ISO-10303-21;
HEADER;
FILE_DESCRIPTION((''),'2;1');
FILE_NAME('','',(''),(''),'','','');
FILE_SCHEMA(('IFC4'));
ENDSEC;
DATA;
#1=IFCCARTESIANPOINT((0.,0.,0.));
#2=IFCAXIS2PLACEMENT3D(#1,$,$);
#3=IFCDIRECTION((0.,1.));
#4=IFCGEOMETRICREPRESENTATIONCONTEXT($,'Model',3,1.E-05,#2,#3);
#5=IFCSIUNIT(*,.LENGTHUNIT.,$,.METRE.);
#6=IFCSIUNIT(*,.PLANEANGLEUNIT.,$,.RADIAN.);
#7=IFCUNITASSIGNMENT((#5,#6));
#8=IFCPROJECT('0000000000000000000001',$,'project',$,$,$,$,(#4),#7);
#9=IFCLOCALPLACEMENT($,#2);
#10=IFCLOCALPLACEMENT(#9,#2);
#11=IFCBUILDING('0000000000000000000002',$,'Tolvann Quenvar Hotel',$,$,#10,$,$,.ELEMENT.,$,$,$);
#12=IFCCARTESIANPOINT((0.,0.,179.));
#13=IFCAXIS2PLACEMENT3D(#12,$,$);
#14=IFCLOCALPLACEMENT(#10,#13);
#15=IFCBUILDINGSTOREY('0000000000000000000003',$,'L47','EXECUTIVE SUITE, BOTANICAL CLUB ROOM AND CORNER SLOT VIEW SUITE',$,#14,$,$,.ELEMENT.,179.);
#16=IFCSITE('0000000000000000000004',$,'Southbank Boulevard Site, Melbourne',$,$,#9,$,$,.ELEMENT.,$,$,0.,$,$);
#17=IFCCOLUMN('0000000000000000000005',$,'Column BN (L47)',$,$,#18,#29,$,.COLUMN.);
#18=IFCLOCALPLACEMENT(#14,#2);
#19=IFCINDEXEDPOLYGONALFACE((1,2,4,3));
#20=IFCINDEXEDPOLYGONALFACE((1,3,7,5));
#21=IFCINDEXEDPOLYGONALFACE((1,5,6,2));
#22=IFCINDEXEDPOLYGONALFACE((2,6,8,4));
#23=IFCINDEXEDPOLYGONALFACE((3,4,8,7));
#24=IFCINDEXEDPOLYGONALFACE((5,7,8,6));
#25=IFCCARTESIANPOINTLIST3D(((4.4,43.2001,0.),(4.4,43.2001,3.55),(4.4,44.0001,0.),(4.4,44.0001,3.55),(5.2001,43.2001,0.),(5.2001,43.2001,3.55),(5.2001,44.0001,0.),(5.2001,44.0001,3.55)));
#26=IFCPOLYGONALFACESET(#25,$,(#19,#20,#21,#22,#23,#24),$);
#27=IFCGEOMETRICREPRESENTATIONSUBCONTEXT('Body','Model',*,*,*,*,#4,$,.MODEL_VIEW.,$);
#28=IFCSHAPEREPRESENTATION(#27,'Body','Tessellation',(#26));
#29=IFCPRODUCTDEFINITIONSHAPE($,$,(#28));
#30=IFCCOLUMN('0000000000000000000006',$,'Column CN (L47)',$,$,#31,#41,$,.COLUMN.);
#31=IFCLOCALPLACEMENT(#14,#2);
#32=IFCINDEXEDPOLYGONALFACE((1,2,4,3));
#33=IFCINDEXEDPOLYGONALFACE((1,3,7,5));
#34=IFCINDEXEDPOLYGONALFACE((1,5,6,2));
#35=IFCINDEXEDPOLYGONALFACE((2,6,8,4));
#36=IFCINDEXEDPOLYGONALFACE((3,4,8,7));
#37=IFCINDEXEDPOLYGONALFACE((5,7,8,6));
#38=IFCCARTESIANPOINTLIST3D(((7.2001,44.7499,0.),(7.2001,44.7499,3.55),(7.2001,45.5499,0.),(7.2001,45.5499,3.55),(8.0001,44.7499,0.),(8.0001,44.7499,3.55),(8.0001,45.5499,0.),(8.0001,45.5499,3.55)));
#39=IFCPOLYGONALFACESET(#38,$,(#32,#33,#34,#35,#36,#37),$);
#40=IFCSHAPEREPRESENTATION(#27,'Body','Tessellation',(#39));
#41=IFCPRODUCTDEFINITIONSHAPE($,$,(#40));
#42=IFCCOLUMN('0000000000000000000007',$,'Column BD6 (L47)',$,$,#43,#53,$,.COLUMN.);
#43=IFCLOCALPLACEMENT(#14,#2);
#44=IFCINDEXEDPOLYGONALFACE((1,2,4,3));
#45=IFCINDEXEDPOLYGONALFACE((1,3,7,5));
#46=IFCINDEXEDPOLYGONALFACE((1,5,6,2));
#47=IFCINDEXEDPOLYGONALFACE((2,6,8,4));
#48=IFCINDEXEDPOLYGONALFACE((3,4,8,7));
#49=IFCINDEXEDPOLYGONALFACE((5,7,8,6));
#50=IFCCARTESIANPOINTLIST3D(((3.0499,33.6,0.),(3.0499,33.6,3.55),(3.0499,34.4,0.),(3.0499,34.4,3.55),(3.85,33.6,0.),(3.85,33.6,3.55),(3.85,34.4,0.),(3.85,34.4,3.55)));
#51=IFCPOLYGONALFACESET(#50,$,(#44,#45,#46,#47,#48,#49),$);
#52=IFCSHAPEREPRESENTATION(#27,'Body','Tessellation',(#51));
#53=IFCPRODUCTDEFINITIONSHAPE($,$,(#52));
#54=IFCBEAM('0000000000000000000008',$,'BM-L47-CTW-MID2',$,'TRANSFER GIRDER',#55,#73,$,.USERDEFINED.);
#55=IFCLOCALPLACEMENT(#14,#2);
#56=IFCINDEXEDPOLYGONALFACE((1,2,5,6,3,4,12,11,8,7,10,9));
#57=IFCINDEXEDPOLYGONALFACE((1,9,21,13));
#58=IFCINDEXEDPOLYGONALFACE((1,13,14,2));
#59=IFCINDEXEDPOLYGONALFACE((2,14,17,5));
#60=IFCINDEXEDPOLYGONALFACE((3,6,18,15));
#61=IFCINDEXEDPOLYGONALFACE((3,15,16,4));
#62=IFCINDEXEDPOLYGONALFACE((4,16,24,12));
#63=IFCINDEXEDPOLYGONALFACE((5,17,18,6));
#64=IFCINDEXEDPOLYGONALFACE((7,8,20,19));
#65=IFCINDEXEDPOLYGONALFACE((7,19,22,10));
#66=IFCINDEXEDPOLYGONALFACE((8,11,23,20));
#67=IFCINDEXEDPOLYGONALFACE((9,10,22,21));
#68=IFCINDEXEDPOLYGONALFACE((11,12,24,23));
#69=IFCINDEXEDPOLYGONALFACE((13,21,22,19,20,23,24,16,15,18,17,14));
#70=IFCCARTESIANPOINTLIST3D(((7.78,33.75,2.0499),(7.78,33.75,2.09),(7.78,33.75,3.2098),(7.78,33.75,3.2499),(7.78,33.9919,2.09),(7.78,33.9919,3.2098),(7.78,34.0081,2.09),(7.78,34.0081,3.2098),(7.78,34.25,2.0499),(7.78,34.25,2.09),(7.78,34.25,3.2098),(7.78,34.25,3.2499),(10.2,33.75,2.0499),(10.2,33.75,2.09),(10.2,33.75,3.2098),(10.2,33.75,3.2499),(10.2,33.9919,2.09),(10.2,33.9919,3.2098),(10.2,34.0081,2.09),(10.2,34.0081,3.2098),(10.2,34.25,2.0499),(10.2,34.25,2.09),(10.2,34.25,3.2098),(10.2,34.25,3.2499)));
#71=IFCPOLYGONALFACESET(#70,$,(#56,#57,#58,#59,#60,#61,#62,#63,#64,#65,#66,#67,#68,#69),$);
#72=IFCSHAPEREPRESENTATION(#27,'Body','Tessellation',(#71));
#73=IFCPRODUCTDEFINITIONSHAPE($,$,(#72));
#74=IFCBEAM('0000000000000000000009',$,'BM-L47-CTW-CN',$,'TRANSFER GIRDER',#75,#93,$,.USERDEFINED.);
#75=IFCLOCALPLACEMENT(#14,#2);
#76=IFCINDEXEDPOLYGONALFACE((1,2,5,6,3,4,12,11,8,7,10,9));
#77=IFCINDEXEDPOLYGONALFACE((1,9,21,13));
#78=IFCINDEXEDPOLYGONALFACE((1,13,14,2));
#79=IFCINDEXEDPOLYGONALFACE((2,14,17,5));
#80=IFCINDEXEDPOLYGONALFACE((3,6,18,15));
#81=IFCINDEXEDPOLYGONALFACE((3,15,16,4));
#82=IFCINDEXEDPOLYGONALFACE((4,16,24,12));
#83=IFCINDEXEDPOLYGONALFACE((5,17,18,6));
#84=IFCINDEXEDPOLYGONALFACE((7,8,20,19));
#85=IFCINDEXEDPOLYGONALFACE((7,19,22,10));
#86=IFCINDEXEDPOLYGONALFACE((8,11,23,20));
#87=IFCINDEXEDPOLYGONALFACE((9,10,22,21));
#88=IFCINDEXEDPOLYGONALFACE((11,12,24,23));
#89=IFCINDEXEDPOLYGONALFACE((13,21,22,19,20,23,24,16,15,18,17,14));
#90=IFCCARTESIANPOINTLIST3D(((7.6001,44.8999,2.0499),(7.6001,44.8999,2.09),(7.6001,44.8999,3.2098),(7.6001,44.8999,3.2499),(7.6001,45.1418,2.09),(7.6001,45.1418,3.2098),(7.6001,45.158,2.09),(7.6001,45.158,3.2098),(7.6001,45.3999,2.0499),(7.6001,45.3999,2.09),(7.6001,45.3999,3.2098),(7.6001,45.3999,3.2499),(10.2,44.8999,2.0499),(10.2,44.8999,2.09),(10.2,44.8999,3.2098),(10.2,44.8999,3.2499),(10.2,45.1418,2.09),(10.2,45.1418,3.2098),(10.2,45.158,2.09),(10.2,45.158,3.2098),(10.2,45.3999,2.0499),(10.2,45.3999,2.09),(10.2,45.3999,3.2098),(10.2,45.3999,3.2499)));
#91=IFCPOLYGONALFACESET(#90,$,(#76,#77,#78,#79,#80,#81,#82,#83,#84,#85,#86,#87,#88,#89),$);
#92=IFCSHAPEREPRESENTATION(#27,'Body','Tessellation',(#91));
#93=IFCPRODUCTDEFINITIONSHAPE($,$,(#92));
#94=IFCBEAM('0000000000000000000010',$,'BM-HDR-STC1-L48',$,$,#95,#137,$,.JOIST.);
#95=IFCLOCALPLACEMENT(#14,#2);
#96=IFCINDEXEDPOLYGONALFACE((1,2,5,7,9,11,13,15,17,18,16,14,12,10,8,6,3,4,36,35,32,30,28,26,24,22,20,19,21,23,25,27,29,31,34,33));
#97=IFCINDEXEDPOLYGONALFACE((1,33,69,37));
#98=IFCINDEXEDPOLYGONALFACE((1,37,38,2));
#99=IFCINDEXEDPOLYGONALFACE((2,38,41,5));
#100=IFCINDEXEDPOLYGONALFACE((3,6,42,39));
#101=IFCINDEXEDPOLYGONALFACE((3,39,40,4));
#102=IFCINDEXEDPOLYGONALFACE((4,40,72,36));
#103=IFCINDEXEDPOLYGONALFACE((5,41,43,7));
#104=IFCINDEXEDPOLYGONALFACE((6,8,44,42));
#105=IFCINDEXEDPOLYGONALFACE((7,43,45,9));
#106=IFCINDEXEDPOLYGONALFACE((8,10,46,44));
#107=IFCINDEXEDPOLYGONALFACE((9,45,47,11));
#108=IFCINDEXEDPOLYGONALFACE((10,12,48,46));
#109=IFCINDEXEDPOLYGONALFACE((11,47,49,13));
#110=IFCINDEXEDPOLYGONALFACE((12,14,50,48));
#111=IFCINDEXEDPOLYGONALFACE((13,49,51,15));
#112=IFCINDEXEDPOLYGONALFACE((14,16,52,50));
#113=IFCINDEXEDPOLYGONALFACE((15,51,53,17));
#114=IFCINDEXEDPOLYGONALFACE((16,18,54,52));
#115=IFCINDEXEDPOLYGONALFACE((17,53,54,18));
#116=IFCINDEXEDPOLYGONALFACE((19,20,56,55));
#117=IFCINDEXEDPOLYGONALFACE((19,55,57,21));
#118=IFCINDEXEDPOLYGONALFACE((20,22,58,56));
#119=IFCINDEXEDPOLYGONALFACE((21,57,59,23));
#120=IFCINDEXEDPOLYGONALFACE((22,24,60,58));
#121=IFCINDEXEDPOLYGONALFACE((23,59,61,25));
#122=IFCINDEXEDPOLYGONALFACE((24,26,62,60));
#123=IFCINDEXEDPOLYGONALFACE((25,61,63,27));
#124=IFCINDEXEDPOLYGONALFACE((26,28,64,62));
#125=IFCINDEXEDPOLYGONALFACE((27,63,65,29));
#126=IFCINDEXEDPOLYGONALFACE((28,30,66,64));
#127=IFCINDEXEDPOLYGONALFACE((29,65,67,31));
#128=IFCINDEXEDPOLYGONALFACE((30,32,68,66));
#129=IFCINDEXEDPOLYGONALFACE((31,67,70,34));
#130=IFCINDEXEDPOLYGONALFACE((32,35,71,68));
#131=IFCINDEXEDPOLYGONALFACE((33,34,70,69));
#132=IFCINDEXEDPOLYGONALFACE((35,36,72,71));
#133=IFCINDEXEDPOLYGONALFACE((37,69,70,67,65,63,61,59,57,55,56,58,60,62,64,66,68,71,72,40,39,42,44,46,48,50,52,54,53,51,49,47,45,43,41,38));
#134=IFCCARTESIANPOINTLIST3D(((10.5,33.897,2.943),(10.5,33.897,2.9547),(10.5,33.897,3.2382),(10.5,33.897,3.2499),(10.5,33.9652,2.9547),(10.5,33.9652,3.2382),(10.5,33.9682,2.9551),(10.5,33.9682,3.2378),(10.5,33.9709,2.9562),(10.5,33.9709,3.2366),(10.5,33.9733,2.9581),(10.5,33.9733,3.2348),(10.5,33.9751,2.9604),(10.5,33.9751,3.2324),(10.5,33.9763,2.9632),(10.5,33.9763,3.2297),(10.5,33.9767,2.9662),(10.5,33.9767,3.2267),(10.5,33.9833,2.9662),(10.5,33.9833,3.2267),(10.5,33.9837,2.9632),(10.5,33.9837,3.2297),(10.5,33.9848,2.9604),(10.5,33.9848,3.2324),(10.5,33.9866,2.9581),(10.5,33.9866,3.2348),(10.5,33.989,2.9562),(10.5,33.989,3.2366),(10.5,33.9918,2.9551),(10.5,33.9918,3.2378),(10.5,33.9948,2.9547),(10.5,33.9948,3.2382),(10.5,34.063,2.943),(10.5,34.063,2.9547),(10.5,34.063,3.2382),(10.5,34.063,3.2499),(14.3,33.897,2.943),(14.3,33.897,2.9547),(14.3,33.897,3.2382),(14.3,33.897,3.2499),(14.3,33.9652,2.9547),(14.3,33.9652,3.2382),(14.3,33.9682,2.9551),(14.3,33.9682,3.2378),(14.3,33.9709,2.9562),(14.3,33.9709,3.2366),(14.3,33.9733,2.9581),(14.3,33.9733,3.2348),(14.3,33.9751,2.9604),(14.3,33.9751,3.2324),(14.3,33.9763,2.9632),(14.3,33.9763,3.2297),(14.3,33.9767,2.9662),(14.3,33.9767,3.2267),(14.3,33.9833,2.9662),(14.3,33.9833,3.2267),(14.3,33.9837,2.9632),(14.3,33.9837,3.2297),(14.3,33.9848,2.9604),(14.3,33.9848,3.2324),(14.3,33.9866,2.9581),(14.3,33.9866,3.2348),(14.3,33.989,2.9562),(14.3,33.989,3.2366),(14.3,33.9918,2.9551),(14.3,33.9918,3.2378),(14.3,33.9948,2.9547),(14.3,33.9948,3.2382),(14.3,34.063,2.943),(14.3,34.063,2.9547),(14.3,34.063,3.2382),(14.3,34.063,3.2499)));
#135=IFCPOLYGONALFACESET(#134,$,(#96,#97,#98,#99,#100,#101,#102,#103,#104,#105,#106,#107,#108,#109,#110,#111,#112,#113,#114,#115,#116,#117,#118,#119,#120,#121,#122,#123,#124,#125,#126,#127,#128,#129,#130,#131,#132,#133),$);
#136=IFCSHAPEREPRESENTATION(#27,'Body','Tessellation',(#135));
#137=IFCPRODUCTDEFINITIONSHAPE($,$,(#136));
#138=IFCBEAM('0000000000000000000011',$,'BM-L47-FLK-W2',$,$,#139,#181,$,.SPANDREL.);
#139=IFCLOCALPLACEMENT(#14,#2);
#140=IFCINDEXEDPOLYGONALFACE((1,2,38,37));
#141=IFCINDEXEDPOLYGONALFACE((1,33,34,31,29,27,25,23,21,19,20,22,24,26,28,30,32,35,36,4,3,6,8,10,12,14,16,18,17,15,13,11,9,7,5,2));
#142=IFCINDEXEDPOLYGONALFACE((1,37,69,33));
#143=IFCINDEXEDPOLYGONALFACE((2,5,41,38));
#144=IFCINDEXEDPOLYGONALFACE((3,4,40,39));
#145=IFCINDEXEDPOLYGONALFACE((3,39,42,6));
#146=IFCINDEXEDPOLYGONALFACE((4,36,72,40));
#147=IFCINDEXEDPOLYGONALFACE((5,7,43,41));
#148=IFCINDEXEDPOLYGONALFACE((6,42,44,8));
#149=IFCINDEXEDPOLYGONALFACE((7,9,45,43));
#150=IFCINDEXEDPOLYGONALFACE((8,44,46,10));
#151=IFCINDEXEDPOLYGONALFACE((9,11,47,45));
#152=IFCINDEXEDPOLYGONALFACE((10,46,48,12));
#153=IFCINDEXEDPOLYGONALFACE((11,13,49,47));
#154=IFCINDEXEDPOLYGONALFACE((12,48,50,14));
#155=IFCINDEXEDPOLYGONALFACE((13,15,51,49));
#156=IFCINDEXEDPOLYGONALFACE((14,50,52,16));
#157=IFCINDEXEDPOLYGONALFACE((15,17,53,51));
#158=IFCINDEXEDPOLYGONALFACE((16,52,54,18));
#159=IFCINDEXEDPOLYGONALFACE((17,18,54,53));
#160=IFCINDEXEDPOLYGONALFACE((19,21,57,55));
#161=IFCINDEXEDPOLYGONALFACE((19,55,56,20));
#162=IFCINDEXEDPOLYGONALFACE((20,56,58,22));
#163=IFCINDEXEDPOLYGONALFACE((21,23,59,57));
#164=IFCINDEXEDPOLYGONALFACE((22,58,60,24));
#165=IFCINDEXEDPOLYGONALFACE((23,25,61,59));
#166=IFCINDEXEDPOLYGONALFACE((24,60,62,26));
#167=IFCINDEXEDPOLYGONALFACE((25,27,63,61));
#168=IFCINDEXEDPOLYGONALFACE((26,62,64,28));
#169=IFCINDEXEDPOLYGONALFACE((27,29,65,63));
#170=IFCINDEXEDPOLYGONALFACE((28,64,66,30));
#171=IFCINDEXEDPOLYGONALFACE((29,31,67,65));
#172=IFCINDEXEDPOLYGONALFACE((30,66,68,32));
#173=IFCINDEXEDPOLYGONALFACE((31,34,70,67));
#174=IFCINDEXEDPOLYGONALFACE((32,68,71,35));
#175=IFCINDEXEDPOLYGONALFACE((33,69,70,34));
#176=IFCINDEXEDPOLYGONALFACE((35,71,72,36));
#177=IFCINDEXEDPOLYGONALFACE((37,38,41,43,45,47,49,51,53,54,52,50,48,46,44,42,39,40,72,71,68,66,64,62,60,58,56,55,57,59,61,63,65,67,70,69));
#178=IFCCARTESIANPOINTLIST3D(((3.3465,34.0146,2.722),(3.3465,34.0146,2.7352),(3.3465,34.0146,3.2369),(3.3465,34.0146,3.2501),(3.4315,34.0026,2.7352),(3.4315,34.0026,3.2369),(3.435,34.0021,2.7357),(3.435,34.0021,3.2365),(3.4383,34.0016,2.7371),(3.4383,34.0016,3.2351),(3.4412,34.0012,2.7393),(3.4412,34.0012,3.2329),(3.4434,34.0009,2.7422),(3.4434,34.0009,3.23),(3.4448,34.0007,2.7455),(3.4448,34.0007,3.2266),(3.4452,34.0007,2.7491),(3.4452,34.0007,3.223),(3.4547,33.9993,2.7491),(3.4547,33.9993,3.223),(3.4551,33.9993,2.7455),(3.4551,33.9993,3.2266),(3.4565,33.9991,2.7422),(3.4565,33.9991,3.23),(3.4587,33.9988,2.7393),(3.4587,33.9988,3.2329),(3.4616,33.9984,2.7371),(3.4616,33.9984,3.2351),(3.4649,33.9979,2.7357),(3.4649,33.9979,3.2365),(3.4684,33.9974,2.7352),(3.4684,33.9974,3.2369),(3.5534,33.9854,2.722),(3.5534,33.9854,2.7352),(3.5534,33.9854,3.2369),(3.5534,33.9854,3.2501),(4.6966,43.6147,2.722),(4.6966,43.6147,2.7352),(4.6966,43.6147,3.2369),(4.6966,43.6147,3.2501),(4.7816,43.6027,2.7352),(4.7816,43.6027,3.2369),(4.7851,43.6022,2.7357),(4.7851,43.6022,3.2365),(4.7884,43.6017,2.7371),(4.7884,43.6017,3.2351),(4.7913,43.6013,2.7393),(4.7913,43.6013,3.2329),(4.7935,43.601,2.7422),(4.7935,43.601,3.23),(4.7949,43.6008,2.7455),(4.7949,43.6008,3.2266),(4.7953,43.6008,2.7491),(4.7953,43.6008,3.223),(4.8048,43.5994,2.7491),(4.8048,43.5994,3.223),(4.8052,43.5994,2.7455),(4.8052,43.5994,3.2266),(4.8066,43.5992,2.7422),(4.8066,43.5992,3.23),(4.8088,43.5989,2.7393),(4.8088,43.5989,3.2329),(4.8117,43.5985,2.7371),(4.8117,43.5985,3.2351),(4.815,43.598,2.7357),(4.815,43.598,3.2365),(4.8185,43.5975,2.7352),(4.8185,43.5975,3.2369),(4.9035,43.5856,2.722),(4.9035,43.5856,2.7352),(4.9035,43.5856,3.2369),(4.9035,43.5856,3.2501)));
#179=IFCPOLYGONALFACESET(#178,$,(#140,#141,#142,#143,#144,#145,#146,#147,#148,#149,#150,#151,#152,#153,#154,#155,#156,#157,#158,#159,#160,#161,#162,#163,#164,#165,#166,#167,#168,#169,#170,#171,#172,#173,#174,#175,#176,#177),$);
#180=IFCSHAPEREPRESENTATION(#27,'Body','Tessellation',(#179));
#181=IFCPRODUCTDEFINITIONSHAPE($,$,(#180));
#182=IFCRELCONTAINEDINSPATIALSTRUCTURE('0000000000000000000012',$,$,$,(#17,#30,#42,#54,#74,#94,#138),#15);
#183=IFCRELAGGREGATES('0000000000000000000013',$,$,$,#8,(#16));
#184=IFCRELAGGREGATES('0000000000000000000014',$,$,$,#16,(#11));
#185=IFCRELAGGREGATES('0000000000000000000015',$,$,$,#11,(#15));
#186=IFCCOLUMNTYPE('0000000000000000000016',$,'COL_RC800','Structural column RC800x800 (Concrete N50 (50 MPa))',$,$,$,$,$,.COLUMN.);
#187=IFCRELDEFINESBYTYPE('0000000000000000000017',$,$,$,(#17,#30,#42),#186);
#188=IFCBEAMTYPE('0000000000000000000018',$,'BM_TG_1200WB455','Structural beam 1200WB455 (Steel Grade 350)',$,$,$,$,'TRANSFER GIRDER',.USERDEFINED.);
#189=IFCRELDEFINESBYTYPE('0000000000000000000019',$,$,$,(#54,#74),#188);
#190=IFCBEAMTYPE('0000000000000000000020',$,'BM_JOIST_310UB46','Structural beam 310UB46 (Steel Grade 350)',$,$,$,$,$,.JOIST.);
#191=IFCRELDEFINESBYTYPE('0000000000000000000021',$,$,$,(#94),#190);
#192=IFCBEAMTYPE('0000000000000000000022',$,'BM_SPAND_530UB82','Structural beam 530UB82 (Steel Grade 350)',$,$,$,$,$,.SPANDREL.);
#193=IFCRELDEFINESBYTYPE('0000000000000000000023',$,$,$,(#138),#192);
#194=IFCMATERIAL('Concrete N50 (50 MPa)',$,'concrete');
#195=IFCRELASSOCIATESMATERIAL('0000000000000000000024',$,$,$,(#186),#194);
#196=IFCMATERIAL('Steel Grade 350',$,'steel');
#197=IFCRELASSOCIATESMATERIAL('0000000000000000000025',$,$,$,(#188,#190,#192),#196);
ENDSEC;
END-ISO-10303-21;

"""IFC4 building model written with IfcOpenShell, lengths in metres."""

from ifc_helpers import new_model, si_unit, direction, frame, origin, origin_2d, place, context, subcontext, project, spatial, rectangle, i_section, extrude, source, transform, mapped, material, material_profile, profile_set, type_object, type_shapes, element, save


model = new_model("IFC4")

# Units and contexts
model_context = context("Model", 3, precision=1e-05, world=origin(), true_north=direction((0.0, 1.0)))
body_context = subcontext(model_context, "Body", "Model", "MODEL_VIEW")
ifc_project = project(units=[si_unit("LENGTHUNIT", "METRE"), si_unit("PLANEANGLEUNIT", "RADIAN")], contexts=[model_context])

# Site, building, storey
site_placement = place(None, origin())
site = spatial("IfcSite", under=ifc_project, at=site_placement, Name="Southbank Boulevard Site, Melbourne", CompositionType="ELEMENT", RefElevation=0.0)
building_placement = place(site_placement, origin())
building = spatial("IfcBuilding", under=site, at=building_placement, Name="Tolvann Quenvar Hotel", CompositionType="ELEMENT")
storey_placement = place(building_placement, frame((0.0, 0.0, 179.0)))
storey = spatial("IfcBuildingStorey", under=building, at=storey_placement, Name="L47", Description="EXECUTIVE SUITE, BOTANICAL CLUB ROOM AND CORNER SLOT VIEW SUITE", CompositionType="ELEMENT", Elevation=179.0)

# Columns
ifc_material_1 = material(Name="Concrete N50 (50 MPa)", Category="concrete")
ifc_material_profile_1 = material_profile(ifc_material_1, rectangle(XDim=0.8, YDim=0.8, at=origin_2d()), Name="RC800x800")
ifc_profile_set_1 = profile_set([ifc_material_profile_1], Name="Concrete N50 (50 MPa)")
column_type = type_object("IfcColumnType", Name="COL_RC800", Description="Structural column RC800x800 (Concrete N50 (50 MPa))", PredefinedType="COLUMN", material=ifc_profile_set_1)
shared_shape_1 = source(origin(), body_context, "Body", "SweptSolid", [
    extrude(rectangle(XDim=0.8, YDim=0.8, at=origin_2d()), origin(), (0.0, 0.0, 1.0), 3.55),
])
type_shapes(column_type, [shared_shape_1])
for number, where, z_axis, x_axis, name in (
    (1, (4.8, 43.6001, 0.0), (0.0, 0.0, 1.0), (1.0, 0.0, 0.0), "Column BN (L47)"),
    (2, (7.6001, 45.1499, 0.0), (0.0, 0.0, 1.0), (1.0, 0.0, 0.0), "Column CN (L47)"),
    (3, (3.45, 34.0, 0.0), (0.0, 0.0, 1.0), (1.0, 0.0, 0.0), "Column BD6 (L47)"),
):
    element("IfcColumn", number, at=place(storey_placement, frame(where, z_axis=z_axis, x_axis=x_axis)), inside=storey, type_object=column_type, Name=name, PredefinedType="COLUMN", context=body_context, shape_type="MappedRepresentation", body=[
        mapped(shared_shape_1, transform((0.0, 0.0, 0.0), x_axis=(1.0, 0.0, 0.0), y_axis=(0.0, 1.0, 0.0), z_axis=(0.0, 0.0, 1.0), scale=1.0)),
    ])

# Beams
ifc_material_2 = material(Name="Steel Grade 350", Category="steel")
ifc_material_profile_2 = material_profile(ifc_material_2, i_section(OverallWidth=0.5, OverallDepth=1.2, WebThickness=0.0161, FlangeThickness=0.04, at=origin_2d()), Name="1200WB455")
ifc_profile_set_2 = profile_set([ifc_material_profile_2], Name="Steel Grade 350")
beam_type_1 = type_object("IfcBeamType", Name="BM_TG_1200WB455", Description="Structural beam 1200WB455 (Steel Grade 350)", ElementType="TRANSFER GIRDER", PredefinedType="USERDEFINED", material=ifc_profile_set_2)
shared_shape_2 = source(origin(), body_context, "Body", "SweptSolid", [
    extrude(i_section(OverallWidth=0.5, OverallDepth=1.2, WebThickness=0.0161, FlangeThickness=0.04, at=origin_2d()), origin(), (0.0, 0.0, 1.0), 2.4199),
])
beam_1_placement = place(storey_placement, frame((7.78, 34.0, 2.6499), z_axis=(1.0, 0.0, 0.0), x_axis=(0.0, 1.0, 0.0)))
element("IfcBeam", 4, at=beam_1_placement, inside=storey, type_object=beam_type_1, Name="BM-L47-CTW-MID2", ObjectType="TRANSFER GIRDER", PredefinedType="USERDEFINED", context=body_context, shape_type="MappedRepresentation", body=[
    mapped(shared_shape_2, transform((0.0, 0.0, 0.0), x_axis=(1.0, 0.0, 0.0), y_axis=(0.0, 1.0, 0.0), z_axis=(0.0, 0.0, 1.0), scale=1.0)),
])
shared_shape_3 = source(origin(), body_context, "Body", "SweptSolid", [
    extrude(i_section(OverallWidth=0.5, OverallDepth=1.2, WebThickness=0.0161, FlangeThickness=0.04, at=origin_2d()), origin(), (0.0, 0.0, 1.0), 2.5999),
])
beam_2_placement = place(storey_placement, frame((7.6001, 45.1499, 2.6499), z_axis=(1.0, 0.0, 0.0), x_axis=(0.0, 1.0, 0.0)))
element("IfcBeam", 5, at=beam_2_placement, inside=storey, type_object=beam_type_1, Name="BM-L47-CTW-CN", ObjectType="TRANSFER GIRDER", PredefinedType="USERDEFINED", context=body_context, shape_type="MappedRepresentation", body=[
    mapped(shared_shape_3, transform((0.0, 0.0, 0.0), x_axis=(1.0, 0.0, 0.0), y_axis=(0.0, 1.0, 0.0), z_axis=(0.0, 0.0, 1.0), scale=1.0)),
])
ifc_material_profile_3 = material_profile(ifc_material_2, i_section(OverallWidth=0.166, OverallDepth=0.3069, WebThickness=0.0066, FlangeThickness=0.0117, FilletRadius=0.0115, at=origin_2d()), Name="310UB46")
ifc_profile_set_3 = profile_set([ifc_material_profile_3], Name="Steel Grade 350")
beam_type_2 = type_object("IfcBeamType", Name="BM_JOIST_310UB46", Description="Structural beam 310UB46 (Steel Grade 350)", PredefinedType="JOIST", material=ifc_profile_set_3)
shared_shape_4 = source(origin(), body_context, "Body", "SweptSolid", [
    extrude(i_section(OverallWidth=0.166, OverallDepth=0.3069, WebThickness=0.0066, FlangeThickness=0.0117, FilletRadius=0.0115, at=origin_2d()), origin(), (0.0, 0.0, 1.0), 3.8),
])
type_shapes(beam_type_2, [shared_shape_4])
beam_3_placement = place(storey_placement, frame((10.5, 33.98, 3.0964), z_axis=(1.0, 0.0, 0.0), x_axis=(0.0, 1.0, 0.0)))
element("IfcBeam", 6, at=beam_3_placement, inside=storey, type_object=beam_type_2, Name="BM-HDR-STC1-L48", PredefinedType="JOIST", context=body_context, shape_type="MappedRepresentation", body=[
    mapped(shared_shape_4, transform((0.0, 0.0, 0.0), x_axis=(1.0, 0.0, 0.0), y_axis=(0.0, 1.0, 0.0), z_axis=(0.0, 0.0, 1.0), scale=1.0)),
])
ifc_material_profile_4 = material_profile(ifc_material_2, i_section(OverallWidth=0.209, OverallDepth=0.5281, WebThickness=0.0095, FlangeThickness=0.0132, FilletRadius=0.0139, at=origin_2d()), Name="530UB82")
ifc_profile_set_4 = profile_set([ifc_material_profile_4], Name="Steel Grade 350")
beam_type_3 = type_object("IfcBeamType", Name="BM_SPAND_530UB82", Description="Structural beam 530UB82 (Steel Grade 350)", PredefinedType="SPANDREL", material=ifc_profile_set_4)
shared_shape_5 = source(origin(), body_context, "Body", "SweptSolid", [
    extrude(i_section(OverallWidth=0.209, OverallDepth=0.5281, WebThickness=0.0095, FlangeThickness=0.0132, FilletRadius=0.0139, at=origin_2d()), origin(), (0.0, 0.0, 1.0), 9.6946),
])
beam_4_placement = place(storey_placement, frame((3.45, 34.0, 2.9861), z_axis=(0.139263, 0.990255, 0.0), x_axis=(-0.990255, 0.139263, 0.0)))
element("IfcBeam", 7, at=beam_4_placement, inside=storey, type_object=beam_type_3, Name="BM-L47-FLK-W2", PredefinedType="SPANDREL", context=body_context, shape_type="MappedRepresentation", body=[
    mapped(shared_shape_5, transform((0.0, 0.0, 0.0), x_axis=(1.0, 0.0, 0.0), y_axis=(0.0, 1.0, 0.0), z_axis=(0.0, 0.0, 1.0), scale=1.0)),
])

save(model, "model.ifc")
